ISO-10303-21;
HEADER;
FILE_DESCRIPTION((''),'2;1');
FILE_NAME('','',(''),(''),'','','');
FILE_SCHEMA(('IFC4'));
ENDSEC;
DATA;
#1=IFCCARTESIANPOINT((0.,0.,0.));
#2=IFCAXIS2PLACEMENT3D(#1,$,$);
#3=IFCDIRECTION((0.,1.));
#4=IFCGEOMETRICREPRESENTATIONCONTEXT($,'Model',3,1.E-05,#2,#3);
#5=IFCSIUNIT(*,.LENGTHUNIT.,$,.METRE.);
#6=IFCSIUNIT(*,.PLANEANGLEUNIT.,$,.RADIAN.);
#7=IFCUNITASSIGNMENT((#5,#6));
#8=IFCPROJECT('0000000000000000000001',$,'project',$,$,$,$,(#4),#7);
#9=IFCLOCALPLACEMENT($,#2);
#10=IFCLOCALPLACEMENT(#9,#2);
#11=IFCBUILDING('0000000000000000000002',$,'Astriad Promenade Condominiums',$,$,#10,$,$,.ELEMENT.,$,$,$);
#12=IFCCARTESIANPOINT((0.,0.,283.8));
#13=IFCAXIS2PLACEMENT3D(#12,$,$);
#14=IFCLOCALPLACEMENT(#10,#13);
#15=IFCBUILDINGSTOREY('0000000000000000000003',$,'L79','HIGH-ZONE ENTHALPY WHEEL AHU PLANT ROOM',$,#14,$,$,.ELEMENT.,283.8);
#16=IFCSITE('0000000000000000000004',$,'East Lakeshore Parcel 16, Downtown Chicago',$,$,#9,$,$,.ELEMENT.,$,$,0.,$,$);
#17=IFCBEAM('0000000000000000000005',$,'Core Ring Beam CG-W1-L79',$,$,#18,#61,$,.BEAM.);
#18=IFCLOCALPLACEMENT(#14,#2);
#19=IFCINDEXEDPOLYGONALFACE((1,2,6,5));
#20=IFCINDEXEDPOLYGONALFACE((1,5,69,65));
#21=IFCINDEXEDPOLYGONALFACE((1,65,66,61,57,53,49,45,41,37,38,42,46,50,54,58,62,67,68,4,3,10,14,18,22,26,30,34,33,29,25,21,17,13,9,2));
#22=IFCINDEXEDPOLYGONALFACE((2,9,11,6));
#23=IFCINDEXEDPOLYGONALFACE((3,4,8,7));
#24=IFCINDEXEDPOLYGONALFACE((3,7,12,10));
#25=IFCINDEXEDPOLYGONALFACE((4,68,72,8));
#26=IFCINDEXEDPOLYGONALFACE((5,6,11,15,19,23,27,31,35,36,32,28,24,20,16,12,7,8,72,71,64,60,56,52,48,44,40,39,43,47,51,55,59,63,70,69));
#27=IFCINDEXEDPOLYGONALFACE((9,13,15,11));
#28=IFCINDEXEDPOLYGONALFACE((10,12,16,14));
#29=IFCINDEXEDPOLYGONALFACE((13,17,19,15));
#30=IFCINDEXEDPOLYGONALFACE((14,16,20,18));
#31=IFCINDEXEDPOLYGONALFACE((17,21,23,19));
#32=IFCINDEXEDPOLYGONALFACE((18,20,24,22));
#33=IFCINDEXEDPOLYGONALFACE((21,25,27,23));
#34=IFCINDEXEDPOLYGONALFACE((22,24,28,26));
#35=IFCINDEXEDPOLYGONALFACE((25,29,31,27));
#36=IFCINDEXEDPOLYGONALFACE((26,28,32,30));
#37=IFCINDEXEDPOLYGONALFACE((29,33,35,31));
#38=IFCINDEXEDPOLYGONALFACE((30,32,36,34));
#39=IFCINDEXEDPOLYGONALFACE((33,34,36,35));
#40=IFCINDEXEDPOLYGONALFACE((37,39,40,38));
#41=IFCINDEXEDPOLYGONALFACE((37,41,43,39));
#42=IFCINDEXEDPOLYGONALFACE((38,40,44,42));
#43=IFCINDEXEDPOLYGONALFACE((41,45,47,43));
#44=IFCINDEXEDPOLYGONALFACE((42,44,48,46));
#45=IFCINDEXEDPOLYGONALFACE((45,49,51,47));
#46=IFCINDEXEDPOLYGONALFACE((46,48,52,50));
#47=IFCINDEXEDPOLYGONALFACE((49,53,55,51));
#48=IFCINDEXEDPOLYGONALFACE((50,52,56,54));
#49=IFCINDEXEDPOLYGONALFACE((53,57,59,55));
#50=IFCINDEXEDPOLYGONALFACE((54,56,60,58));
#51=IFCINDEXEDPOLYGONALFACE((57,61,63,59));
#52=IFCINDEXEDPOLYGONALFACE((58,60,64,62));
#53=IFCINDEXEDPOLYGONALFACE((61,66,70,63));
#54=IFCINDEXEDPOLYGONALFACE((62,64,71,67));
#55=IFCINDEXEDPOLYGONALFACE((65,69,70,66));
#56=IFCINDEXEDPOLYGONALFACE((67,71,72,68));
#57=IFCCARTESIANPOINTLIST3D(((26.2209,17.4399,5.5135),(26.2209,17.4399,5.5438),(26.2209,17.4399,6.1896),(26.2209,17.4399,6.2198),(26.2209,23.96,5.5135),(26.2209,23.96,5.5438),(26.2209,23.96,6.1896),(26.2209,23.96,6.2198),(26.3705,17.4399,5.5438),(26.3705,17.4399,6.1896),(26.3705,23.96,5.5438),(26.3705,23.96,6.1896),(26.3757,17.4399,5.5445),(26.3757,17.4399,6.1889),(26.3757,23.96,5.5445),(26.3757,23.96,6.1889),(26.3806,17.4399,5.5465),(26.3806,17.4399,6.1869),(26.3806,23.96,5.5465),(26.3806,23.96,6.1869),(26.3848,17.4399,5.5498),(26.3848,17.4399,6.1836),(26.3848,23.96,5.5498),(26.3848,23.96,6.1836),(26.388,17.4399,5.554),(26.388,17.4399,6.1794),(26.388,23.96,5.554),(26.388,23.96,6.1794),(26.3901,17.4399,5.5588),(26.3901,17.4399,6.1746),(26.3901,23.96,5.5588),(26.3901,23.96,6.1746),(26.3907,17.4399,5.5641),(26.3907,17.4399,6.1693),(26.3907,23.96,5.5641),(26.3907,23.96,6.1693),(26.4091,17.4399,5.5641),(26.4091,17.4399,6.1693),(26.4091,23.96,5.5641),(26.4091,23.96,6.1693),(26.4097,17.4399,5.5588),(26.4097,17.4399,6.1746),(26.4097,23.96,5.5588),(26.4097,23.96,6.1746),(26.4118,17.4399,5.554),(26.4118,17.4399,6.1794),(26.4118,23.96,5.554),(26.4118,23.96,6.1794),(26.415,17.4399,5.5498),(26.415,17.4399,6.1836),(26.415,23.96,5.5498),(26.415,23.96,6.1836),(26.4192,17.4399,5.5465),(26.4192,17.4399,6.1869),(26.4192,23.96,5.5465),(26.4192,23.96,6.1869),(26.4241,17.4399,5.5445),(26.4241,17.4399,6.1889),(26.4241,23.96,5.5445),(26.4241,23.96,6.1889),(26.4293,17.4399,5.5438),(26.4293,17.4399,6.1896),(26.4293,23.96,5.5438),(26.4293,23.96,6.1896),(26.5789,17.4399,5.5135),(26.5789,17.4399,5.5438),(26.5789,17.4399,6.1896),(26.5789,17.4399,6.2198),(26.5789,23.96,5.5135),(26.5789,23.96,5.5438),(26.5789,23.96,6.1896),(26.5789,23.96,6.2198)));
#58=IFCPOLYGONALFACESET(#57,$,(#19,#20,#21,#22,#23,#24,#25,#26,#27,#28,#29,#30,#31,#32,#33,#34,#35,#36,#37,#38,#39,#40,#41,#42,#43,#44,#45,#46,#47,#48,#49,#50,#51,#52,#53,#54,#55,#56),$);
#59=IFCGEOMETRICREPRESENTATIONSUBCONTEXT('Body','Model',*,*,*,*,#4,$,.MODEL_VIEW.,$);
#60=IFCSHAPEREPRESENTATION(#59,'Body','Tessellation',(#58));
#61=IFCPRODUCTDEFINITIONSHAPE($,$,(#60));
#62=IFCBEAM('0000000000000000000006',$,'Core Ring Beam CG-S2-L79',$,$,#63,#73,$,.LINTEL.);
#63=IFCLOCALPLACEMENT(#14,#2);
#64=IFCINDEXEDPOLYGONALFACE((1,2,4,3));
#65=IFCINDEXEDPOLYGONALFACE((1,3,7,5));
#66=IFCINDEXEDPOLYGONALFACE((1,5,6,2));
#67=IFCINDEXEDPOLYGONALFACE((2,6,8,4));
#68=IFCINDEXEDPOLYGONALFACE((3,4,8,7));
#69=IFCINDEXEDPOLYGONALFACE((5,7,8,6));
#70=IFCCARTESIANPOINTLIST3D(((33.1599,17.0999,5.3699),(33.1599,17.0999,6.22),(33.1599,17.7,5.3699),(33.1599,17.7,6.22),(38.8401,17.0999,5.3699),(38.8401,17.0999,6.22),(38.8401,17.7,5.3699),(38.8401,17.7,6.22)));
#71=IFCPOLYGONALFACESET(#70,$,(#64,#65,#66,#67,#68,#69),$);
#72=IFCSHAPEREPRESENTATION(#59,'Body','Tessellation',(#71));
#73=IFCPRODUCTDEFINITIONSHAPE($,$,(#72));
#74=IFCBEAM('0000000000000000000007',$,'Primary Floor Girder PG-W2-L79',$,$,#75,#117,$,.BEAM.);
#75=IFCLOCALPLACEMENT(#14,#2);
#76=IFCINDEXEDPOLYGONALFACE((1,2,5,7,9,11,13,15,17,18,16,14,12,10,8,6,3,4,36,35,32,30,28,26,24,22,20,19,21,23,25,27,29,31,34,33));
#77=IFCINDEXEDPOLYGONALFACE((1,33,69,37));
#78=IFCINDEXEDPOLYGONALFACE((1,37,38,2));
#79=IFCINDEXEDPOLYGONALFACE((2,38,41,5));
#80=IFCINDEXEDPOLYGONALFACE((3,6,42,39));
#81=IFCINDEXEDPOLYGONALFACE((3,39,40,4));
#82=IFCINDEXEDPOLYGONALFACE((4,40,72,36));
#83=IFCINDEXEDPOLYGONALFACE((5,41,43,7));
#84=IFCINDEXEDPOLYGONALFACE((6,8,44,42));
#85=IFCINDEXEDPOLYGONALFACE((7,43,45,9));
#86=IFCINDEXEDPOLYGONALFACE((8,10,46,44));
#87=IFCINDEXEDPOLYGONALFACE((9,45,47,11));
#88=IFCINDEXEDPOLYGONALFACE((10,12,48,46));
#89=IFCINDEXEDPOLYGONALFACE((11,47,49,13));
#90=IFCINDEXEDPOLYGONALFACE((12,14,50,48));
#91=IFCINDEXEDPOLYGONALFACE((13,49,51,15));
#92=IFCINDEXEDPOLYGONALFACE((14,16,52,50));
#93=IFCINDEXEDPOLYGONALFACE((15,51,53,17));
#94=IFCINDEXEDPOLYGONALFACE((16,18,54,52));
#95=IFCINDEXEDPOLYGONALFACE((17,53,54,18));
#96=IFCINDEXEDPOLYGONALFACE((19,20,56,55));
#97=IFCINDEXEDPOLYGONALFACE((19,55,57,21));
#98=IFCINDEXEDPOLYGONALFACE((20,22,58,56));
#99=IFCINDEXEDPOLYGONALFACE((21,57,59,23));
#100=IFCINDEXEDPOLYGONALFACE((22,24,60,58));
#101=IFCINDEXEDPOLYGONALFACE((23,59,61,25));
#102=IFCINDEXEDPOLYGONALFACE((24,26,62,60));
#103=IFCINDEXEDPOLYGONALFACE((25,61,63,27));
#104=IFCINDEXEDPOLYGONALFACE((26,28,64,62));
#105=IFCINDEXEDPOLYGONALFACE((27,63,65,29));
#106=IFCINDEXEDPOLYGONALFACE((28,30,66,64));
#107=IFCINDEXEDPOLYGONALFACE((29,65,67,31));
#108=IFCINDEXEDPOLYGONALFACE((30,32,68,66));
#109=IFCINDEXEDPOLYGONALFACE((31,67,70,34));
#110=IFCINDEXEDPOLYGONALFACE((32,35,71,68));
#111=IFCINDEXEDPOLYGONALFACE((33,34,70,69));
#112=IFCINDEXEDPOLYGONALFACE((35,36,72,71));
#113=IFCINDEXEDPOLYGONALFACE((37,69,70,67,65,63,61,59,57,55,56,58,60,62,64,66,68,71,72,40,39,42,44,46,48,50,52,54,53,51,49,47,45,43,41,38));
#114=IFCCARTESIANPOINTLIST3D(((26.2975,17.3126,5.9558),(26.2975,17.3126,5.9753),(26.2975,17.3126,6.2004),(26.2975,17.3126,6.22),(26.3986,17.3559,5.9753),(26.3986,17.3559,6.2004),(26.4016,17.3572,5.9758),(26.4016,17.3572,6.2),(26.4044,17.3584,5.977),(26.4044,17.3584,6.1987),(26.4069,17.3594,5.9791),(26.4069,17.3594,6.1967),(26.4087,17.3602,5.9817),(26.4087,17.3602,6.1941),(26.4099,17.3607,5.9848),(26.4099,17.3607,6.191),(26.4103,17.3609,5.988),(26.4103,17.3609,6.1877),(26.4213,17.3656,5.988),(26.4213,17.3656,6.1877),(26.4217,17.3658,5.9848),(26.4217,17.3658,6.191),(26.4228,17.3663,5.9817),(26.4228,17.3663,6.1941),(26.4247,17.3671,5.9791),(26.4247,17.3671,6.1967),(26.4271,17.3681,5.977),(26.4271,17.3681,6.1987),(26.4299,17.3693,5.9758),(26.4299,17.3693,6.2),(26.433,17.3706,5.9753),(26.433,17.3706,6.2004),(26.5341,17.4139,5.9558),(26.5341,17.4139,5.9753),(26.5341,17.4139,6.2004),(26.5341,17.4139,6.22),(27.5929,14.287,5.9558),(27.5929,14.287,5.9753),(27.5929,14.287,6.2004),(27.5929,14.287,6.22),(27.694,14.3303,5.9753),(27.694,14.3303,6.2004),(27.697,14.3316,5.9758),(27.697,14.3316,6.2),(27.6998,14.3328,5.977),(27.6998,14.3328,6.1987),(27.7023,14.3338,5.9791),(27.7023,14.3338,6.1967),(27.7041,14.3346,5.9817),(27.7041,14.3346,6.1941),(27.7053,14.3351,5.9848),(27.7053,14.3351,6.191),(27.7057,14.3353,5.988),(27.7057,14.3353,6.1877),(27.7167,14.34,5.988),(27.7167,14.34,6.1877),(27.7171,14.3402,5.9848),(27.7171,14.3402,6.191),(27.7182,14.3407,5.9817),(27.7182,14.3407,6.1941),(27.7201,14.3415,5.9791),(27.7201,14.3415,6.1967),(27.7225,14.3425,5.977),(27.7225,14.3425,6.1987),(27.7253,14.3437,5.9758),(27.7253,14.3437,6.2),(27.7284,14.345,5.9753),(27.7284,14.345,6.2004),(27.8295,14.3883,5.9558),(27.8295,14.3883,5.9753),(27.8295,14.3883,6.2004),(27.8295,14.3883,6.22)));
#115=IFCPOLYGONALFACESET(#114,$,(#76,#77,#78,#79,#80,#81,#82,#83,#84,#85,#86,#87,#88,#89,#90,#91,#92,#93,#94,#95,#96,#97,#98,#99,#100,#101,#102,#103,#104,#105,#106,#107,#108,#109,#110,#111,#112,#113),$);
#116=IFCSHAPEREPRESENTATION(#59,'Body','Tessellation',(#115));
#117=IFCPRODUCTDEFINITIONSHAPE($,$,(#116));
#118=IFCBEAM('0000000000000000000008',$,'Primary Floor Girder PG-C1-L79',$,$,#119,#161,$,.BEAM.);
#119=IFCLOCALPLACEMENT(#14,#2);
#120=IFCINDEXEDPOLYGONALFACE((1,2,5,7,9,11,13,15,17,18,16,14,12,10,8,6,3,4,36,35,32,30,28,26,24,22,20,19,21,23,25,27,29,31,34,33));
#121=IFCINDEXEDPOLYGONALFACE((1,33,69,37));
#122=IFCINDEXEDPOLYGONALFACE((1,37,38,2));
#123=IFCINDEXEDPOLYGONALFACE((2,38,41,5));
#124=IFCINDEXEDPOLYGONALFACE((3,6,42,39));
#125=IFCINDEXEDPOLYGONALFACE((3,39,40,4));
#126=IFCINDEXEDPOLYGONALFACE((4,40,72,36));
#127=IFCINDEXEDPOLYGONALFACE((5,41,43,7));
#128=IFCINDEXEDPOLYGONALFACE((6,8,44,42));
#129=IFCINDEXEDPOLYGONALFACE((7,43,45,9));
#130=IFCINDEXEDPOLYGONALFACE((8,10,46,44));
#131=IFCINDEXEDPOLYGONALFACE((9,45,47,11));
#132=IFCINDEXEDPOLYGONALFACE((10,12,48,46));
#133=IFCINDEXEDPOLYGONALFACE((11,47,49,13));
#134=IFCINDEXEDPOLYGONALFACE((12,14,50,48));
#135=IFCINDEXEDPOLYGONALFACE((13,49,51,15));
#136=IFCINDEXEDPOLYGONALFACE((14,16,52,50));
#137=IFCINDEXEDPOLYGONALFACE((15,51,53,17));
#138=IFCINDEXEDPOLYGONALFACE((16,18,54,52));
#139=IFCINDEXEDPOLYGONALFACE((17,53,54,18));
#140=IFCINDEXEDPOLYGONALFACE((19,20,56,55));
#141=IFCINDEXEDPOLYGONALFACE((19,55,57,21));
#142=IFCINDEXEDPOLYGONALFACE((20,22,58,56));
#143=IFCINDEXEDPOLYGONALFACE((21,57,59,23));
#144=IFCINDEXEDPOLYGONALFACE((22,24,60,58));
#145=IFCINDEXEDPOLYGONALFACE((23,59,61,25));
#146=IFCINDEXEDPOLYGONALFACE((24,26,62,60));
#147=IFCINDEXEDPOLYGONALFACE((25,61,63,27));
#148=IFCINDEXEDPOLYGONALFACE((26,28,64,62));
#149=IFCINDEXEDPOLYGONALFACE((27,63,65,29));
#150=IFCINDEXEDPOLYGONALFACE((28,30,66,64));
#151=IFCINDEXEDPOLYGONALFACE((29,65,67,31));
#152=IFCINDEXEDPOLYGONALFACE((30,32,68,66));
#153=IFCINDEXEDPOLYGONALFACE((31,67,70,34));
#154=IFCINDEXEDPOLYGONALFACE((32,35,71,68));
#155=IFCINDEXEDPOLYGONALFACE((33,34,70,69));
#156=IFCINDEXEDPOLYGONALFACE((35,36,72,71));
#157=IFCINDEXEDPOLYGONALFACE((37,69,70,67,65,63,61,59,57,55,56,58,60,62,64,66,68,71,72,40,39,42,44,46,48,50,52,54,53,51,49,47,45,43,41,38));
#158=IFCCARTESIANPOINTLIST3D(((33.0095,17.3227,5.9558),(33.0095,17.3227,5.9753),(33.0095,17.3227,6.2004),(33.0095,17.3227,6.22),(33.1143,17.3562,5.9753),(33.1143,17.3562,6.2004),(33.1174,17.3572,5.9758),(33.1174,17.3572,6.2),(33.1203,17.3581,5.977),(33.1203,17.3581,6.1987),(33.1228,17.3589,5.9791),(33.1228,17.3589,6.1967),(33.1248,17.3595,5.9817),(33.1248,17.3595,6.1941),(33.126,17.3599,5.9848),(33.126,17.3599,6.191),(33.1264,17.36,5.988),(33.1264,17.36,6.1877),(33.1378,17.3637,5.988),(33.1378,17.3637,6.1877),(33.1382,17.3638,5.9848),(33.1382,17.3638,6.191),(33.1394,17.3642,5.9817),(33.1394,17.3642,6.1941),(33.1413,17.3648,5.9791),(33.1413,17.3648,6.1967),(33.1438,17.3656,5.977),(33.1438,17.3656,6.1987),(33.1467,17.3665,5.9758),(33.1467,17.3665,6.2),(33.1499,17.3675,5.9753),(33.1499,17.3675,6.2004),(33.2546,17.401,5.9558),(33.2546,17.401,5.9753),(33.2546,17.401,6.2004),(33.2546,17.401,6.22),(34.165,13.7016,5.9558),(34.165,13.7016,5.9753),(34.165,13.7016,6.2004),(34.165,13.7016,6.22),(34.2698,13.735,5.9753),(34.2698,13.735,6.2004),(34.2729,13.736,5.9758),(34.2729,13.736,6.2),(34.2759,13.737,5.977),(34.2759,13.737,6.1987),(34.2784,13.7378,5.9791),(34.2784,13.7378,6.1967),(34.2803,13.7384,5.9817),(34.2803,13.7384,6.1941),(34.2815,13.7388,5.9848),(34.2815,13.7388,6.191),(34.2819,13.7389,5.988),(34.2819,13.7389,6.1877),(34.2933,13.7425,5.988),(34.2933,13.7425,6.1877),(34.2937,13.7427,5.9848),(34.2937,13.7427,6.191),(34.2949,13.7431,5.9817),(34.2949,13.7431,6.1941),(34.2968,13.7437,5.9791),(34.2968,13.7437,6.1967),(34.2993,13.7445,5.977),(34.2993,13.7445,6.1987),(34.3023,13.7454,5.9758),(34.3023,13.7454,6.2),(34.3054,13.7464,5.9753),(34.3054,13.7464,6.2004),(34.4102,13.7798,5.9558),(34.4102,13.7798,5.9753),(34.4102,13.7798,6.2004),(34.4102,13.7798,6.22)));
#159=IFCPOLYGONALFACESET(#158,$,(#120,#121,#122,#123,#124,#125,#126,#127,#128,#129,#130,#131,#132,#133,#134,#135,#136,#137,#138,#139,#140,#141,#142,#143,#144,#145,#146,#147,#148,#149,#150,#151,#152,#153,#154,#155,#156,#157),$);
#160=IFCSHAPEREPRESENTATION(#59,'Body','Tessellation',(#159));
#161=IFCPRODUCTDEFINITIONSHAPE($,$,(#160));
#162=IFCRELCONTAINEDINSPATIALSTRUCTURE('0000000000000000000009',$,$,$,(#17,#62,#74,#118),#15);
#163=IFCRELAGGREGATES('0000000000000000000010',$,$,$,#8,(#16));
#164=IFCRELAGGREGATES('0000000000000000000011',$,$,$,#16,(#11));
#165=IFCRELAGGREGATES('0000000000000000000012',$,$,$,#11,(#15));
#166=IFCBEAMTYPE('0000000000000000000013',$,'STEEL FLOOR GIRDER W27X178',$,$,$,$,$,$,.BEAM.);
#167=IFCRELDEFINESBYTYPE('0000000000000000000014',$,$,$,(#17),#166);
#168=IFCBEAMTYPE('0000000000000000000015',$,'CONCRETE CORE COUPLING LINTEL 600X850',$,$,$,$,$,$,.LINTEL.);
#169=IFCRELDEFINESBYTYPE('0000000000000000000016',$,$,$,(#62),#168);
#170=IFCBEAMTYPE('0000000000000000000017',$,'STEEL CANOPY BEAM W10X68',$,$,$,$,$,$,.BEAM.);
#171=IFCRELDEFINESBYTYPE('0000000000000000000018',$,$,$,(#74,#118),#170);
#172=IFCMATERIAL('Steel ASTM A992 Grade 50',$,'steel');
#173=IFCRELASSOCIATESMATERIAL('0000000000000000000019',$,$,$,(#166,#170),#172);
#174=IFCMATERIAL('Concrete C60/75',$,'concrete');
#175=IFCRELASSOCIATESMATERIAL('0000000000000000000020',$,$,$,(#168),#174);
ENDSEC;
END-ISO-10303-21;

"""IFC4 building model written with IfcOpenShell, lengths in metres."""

from ifc_helpers import new_model, si_unit, direction, frame, origin, origin_2d, place, context, subcontext, project, spatial, rectangle, i_section, extrude, source, transform, mapped, material, material_profile, profile_set, type_object, type_shapes, element, save


model = new_model("IFC4")

# Units and contexts
model_context = context("Model", 3, precision=1e-05, world=origin(), true_north=direction((0.0, 1.0)))
body_context = subcontext(model_context, "Body", "Model", "MODEL_VIEW")
ifc_project = project(units=[si_unit("LENGTHUNIT", "METRE"), si_unit("PLANEANGLEUNIT", "RADIAN")], contexts=[model_context])

# Site, building, storey
site_placement = place(None, origin())
site = spatial("IfcSite", under=ifc_project, at=site_placement, Name="East Lakeshore Parcel 16, Downtown Chicago", CompositionType="ELEMENT", RefElevation=0.0)
building_placement = place(site_placement, origin())
building = spatial("IfcBuilding", under=site, at=building_placement, Name="Astriad Promenade Condominiums", CompositionType="ELEMENT")
storey_placement = place(building_placement, frame((0.0, 0.0, 283.8)))
storey = spatial("IfcBuildingStorey", under=building, at=storey_placement, Name="L79", Description="HIGH-ZONE ENTHALPY WHEEL AHU PLANT ROOM", CompositionType="ELEMENT", Elevation=283.8)

# Shared definitions
ifc_material_1 = material(Name="Steel ASTM A992 Grade 50", Category="steel")

# Beams
ifc_material_profile_1 = material_profile(ifc_material_1, i_section(OverallWidth=0.3579, OverallDepth=0.7063, WebThickness=0.0183, FlangeThickness=0.0303, FilletRadius=0.0203, at=origin_2d()), Name="W27X178")
ifc_profile_set_1 = profile_set([ifc_material_profile_1], Name="Steel ASTM A992 Grade 50")
beam_type_1 = type_object("IfcBeamType", Name="STEEL FLOOR GIRDER W27X178", PredefinedType="BEAM", material=ifc_profile_set_1)
shared_shape_1 = source(origin(), body_context, "Body", "SweptSolid", [
    extrude(i_section(OverallWidth=0.3579, OverallDepth=0.7063, WebThickness=0.0183, FlangeThickness=0.0303, FilletRadius=0.0203, at=origin_2d()), origin(), (0.0, 0.0, 1.0), 6.52),
])
type_shapes(beam_type_1, [shared_shape_1])
beam_1_placement = place(storey_placement, frame((26.3999, 17.4399, 5.8667), z_axis=(0.0, 1.0, 0.0), x_axis=(-1.0, 0.0, 0.0)))
element("IfcBeam", 1, at=beam_1_placement, inside=storey, type_object=beam_type_1, Name="Core Ring Beam CG-W1-L79", PredefinedType="BEAM", context=body_context, shape_type="MappedRepresentation", body=[
    mapped(shared_shape_1, transform((0.0, 0.0, 0.0), scale=1.0)),
])
ifc_material_2 = material(Name="Concrete C60/75", Category="concrete")
ifc_material_profile_2 = material_profile(ifc_material_2, rectangle(XDim=0.6001, YDim=0.8501, at=origin_2d()), Name="RC-BM-600X850")
ifc_profile_set_2 = profile_set([ifc_material_profile_2], Name="Concrete C60/75")
beam_type_2 = type_object("IfcBeamType", Name="CONCRETE CORE COUPLING LINTEL 600X850", PredefinedType="LINTEL", material=ifc_profile_set_2)
shared_shape_2 = source(origin(), body_context, "Body", "SweptSolid", [
    extrude(rectangle(XDim=0.6001, YDim=0.8501, at=origin_2d()), origin(), (0.0, 0.0, 1.0), 5.6802),
])
type_shapes(beam_type_2, [shared_shape_2])
beam_2_placement = place(storey_placement, frame((33.1599, 17.3999, 5.7949), z_axis=(1.0, 0.0, 0.0), x_axis=(0.0, 1.0, 0.0)))
element("IfcBeam", 2, at=beam_2_placement, inside=storey, type_object=beam_type_2, Name="Core Ring Beam CG-S2-L79", PredefinedType="LINTEL", context=body_context, shape_type="MappedRepresentation", body=[
    mapped(shared_shape_2, transform((0.0, 0.0, 0.0), scale=1.0)),
])
ifc_material_profile_3 = material_profile(ifc_material_1, i_section(OverallWidth=0.2573, OverallDepth=0.2642, WebThickness=0.012, FlangeThickness=0.0195, FilletRadius=0.0127, at=origin_2d()), Name="W10X68")
ifc_profile_set_3 = profile_set([ifc_material_profile_3], Name="Steel ASTM A992 Grade 50")
beam_type_3 = type_object("IfcBeamType", Name="STEEL CANOPY BEAM W10X68", PredefinedType="BEAM", material=ifc_profile_set_3)
shared_shape_3 = source(origin(), body_context, "Body", "SweptSolid", [
    extrude(i_section(OverallWidth=0.2573, OverallDepth=0.2642, WebThickness=0.012, FlangeThickness=0.0195, FilletRadius=0.0127, at=origin_2d()), origin(), (0.0, 0.0, 1.0), 3.2913),
])
beam_3_placement = place(storey_placement, frame((27.7112, 14.3376, 6.0879), z_axis=(-0.393588, 0.919287, 0.0), x_axis=(-0.919287, -0.393588, 0.0)))
element("IfcBeam", 3, at=beam_3_placement, inside=storey, type_object=beam_type_3, Name="Primary Floor Girder PG-W2-L79", PredefinedType="BEAM", context=body_context, shape_type="MappedRepresentation", body=[
    mapped(shared_shape_3, transform((0.0, 0.0, 0.0), scale=1.0)),
])
shared_shape_4 = source(origin(), body_context, "Body", "SweptSolid", [
    extrude(i_section(OverallWidth=0.2573, OverallDepth=0.2642, WebThickness=0.012, FlangeThickness=0.0195, FilletRadius=0.0127, at=origin_2d()), origin(), (0.0, 0.0, 1.0), 3.801),
])
type_shapes(beam_type_3, [shared_shape_3, shared_shape_4])
beam_4_placement = place(storey_placement, frame((34.2876, 13.7407, 6.0879), z_axis=(-0.304004, 0.952671, 0.0), x_axis=(-0.952671, -0.304004, 0.0)))
element("IfcBeam", 4, at=beam_4_placement, inside=storey, type_object=beam_type_3, Name="Primary Floor Girder PG-C1-L79", PredefinedType="BEAM", context=body_context, shape_type="MappedRepresentation", body=[
    mapped(shared_shape_4, transform((0.0, 0.0, 0.0), scale=1.0)),
])

save(model, "model.ifc")
